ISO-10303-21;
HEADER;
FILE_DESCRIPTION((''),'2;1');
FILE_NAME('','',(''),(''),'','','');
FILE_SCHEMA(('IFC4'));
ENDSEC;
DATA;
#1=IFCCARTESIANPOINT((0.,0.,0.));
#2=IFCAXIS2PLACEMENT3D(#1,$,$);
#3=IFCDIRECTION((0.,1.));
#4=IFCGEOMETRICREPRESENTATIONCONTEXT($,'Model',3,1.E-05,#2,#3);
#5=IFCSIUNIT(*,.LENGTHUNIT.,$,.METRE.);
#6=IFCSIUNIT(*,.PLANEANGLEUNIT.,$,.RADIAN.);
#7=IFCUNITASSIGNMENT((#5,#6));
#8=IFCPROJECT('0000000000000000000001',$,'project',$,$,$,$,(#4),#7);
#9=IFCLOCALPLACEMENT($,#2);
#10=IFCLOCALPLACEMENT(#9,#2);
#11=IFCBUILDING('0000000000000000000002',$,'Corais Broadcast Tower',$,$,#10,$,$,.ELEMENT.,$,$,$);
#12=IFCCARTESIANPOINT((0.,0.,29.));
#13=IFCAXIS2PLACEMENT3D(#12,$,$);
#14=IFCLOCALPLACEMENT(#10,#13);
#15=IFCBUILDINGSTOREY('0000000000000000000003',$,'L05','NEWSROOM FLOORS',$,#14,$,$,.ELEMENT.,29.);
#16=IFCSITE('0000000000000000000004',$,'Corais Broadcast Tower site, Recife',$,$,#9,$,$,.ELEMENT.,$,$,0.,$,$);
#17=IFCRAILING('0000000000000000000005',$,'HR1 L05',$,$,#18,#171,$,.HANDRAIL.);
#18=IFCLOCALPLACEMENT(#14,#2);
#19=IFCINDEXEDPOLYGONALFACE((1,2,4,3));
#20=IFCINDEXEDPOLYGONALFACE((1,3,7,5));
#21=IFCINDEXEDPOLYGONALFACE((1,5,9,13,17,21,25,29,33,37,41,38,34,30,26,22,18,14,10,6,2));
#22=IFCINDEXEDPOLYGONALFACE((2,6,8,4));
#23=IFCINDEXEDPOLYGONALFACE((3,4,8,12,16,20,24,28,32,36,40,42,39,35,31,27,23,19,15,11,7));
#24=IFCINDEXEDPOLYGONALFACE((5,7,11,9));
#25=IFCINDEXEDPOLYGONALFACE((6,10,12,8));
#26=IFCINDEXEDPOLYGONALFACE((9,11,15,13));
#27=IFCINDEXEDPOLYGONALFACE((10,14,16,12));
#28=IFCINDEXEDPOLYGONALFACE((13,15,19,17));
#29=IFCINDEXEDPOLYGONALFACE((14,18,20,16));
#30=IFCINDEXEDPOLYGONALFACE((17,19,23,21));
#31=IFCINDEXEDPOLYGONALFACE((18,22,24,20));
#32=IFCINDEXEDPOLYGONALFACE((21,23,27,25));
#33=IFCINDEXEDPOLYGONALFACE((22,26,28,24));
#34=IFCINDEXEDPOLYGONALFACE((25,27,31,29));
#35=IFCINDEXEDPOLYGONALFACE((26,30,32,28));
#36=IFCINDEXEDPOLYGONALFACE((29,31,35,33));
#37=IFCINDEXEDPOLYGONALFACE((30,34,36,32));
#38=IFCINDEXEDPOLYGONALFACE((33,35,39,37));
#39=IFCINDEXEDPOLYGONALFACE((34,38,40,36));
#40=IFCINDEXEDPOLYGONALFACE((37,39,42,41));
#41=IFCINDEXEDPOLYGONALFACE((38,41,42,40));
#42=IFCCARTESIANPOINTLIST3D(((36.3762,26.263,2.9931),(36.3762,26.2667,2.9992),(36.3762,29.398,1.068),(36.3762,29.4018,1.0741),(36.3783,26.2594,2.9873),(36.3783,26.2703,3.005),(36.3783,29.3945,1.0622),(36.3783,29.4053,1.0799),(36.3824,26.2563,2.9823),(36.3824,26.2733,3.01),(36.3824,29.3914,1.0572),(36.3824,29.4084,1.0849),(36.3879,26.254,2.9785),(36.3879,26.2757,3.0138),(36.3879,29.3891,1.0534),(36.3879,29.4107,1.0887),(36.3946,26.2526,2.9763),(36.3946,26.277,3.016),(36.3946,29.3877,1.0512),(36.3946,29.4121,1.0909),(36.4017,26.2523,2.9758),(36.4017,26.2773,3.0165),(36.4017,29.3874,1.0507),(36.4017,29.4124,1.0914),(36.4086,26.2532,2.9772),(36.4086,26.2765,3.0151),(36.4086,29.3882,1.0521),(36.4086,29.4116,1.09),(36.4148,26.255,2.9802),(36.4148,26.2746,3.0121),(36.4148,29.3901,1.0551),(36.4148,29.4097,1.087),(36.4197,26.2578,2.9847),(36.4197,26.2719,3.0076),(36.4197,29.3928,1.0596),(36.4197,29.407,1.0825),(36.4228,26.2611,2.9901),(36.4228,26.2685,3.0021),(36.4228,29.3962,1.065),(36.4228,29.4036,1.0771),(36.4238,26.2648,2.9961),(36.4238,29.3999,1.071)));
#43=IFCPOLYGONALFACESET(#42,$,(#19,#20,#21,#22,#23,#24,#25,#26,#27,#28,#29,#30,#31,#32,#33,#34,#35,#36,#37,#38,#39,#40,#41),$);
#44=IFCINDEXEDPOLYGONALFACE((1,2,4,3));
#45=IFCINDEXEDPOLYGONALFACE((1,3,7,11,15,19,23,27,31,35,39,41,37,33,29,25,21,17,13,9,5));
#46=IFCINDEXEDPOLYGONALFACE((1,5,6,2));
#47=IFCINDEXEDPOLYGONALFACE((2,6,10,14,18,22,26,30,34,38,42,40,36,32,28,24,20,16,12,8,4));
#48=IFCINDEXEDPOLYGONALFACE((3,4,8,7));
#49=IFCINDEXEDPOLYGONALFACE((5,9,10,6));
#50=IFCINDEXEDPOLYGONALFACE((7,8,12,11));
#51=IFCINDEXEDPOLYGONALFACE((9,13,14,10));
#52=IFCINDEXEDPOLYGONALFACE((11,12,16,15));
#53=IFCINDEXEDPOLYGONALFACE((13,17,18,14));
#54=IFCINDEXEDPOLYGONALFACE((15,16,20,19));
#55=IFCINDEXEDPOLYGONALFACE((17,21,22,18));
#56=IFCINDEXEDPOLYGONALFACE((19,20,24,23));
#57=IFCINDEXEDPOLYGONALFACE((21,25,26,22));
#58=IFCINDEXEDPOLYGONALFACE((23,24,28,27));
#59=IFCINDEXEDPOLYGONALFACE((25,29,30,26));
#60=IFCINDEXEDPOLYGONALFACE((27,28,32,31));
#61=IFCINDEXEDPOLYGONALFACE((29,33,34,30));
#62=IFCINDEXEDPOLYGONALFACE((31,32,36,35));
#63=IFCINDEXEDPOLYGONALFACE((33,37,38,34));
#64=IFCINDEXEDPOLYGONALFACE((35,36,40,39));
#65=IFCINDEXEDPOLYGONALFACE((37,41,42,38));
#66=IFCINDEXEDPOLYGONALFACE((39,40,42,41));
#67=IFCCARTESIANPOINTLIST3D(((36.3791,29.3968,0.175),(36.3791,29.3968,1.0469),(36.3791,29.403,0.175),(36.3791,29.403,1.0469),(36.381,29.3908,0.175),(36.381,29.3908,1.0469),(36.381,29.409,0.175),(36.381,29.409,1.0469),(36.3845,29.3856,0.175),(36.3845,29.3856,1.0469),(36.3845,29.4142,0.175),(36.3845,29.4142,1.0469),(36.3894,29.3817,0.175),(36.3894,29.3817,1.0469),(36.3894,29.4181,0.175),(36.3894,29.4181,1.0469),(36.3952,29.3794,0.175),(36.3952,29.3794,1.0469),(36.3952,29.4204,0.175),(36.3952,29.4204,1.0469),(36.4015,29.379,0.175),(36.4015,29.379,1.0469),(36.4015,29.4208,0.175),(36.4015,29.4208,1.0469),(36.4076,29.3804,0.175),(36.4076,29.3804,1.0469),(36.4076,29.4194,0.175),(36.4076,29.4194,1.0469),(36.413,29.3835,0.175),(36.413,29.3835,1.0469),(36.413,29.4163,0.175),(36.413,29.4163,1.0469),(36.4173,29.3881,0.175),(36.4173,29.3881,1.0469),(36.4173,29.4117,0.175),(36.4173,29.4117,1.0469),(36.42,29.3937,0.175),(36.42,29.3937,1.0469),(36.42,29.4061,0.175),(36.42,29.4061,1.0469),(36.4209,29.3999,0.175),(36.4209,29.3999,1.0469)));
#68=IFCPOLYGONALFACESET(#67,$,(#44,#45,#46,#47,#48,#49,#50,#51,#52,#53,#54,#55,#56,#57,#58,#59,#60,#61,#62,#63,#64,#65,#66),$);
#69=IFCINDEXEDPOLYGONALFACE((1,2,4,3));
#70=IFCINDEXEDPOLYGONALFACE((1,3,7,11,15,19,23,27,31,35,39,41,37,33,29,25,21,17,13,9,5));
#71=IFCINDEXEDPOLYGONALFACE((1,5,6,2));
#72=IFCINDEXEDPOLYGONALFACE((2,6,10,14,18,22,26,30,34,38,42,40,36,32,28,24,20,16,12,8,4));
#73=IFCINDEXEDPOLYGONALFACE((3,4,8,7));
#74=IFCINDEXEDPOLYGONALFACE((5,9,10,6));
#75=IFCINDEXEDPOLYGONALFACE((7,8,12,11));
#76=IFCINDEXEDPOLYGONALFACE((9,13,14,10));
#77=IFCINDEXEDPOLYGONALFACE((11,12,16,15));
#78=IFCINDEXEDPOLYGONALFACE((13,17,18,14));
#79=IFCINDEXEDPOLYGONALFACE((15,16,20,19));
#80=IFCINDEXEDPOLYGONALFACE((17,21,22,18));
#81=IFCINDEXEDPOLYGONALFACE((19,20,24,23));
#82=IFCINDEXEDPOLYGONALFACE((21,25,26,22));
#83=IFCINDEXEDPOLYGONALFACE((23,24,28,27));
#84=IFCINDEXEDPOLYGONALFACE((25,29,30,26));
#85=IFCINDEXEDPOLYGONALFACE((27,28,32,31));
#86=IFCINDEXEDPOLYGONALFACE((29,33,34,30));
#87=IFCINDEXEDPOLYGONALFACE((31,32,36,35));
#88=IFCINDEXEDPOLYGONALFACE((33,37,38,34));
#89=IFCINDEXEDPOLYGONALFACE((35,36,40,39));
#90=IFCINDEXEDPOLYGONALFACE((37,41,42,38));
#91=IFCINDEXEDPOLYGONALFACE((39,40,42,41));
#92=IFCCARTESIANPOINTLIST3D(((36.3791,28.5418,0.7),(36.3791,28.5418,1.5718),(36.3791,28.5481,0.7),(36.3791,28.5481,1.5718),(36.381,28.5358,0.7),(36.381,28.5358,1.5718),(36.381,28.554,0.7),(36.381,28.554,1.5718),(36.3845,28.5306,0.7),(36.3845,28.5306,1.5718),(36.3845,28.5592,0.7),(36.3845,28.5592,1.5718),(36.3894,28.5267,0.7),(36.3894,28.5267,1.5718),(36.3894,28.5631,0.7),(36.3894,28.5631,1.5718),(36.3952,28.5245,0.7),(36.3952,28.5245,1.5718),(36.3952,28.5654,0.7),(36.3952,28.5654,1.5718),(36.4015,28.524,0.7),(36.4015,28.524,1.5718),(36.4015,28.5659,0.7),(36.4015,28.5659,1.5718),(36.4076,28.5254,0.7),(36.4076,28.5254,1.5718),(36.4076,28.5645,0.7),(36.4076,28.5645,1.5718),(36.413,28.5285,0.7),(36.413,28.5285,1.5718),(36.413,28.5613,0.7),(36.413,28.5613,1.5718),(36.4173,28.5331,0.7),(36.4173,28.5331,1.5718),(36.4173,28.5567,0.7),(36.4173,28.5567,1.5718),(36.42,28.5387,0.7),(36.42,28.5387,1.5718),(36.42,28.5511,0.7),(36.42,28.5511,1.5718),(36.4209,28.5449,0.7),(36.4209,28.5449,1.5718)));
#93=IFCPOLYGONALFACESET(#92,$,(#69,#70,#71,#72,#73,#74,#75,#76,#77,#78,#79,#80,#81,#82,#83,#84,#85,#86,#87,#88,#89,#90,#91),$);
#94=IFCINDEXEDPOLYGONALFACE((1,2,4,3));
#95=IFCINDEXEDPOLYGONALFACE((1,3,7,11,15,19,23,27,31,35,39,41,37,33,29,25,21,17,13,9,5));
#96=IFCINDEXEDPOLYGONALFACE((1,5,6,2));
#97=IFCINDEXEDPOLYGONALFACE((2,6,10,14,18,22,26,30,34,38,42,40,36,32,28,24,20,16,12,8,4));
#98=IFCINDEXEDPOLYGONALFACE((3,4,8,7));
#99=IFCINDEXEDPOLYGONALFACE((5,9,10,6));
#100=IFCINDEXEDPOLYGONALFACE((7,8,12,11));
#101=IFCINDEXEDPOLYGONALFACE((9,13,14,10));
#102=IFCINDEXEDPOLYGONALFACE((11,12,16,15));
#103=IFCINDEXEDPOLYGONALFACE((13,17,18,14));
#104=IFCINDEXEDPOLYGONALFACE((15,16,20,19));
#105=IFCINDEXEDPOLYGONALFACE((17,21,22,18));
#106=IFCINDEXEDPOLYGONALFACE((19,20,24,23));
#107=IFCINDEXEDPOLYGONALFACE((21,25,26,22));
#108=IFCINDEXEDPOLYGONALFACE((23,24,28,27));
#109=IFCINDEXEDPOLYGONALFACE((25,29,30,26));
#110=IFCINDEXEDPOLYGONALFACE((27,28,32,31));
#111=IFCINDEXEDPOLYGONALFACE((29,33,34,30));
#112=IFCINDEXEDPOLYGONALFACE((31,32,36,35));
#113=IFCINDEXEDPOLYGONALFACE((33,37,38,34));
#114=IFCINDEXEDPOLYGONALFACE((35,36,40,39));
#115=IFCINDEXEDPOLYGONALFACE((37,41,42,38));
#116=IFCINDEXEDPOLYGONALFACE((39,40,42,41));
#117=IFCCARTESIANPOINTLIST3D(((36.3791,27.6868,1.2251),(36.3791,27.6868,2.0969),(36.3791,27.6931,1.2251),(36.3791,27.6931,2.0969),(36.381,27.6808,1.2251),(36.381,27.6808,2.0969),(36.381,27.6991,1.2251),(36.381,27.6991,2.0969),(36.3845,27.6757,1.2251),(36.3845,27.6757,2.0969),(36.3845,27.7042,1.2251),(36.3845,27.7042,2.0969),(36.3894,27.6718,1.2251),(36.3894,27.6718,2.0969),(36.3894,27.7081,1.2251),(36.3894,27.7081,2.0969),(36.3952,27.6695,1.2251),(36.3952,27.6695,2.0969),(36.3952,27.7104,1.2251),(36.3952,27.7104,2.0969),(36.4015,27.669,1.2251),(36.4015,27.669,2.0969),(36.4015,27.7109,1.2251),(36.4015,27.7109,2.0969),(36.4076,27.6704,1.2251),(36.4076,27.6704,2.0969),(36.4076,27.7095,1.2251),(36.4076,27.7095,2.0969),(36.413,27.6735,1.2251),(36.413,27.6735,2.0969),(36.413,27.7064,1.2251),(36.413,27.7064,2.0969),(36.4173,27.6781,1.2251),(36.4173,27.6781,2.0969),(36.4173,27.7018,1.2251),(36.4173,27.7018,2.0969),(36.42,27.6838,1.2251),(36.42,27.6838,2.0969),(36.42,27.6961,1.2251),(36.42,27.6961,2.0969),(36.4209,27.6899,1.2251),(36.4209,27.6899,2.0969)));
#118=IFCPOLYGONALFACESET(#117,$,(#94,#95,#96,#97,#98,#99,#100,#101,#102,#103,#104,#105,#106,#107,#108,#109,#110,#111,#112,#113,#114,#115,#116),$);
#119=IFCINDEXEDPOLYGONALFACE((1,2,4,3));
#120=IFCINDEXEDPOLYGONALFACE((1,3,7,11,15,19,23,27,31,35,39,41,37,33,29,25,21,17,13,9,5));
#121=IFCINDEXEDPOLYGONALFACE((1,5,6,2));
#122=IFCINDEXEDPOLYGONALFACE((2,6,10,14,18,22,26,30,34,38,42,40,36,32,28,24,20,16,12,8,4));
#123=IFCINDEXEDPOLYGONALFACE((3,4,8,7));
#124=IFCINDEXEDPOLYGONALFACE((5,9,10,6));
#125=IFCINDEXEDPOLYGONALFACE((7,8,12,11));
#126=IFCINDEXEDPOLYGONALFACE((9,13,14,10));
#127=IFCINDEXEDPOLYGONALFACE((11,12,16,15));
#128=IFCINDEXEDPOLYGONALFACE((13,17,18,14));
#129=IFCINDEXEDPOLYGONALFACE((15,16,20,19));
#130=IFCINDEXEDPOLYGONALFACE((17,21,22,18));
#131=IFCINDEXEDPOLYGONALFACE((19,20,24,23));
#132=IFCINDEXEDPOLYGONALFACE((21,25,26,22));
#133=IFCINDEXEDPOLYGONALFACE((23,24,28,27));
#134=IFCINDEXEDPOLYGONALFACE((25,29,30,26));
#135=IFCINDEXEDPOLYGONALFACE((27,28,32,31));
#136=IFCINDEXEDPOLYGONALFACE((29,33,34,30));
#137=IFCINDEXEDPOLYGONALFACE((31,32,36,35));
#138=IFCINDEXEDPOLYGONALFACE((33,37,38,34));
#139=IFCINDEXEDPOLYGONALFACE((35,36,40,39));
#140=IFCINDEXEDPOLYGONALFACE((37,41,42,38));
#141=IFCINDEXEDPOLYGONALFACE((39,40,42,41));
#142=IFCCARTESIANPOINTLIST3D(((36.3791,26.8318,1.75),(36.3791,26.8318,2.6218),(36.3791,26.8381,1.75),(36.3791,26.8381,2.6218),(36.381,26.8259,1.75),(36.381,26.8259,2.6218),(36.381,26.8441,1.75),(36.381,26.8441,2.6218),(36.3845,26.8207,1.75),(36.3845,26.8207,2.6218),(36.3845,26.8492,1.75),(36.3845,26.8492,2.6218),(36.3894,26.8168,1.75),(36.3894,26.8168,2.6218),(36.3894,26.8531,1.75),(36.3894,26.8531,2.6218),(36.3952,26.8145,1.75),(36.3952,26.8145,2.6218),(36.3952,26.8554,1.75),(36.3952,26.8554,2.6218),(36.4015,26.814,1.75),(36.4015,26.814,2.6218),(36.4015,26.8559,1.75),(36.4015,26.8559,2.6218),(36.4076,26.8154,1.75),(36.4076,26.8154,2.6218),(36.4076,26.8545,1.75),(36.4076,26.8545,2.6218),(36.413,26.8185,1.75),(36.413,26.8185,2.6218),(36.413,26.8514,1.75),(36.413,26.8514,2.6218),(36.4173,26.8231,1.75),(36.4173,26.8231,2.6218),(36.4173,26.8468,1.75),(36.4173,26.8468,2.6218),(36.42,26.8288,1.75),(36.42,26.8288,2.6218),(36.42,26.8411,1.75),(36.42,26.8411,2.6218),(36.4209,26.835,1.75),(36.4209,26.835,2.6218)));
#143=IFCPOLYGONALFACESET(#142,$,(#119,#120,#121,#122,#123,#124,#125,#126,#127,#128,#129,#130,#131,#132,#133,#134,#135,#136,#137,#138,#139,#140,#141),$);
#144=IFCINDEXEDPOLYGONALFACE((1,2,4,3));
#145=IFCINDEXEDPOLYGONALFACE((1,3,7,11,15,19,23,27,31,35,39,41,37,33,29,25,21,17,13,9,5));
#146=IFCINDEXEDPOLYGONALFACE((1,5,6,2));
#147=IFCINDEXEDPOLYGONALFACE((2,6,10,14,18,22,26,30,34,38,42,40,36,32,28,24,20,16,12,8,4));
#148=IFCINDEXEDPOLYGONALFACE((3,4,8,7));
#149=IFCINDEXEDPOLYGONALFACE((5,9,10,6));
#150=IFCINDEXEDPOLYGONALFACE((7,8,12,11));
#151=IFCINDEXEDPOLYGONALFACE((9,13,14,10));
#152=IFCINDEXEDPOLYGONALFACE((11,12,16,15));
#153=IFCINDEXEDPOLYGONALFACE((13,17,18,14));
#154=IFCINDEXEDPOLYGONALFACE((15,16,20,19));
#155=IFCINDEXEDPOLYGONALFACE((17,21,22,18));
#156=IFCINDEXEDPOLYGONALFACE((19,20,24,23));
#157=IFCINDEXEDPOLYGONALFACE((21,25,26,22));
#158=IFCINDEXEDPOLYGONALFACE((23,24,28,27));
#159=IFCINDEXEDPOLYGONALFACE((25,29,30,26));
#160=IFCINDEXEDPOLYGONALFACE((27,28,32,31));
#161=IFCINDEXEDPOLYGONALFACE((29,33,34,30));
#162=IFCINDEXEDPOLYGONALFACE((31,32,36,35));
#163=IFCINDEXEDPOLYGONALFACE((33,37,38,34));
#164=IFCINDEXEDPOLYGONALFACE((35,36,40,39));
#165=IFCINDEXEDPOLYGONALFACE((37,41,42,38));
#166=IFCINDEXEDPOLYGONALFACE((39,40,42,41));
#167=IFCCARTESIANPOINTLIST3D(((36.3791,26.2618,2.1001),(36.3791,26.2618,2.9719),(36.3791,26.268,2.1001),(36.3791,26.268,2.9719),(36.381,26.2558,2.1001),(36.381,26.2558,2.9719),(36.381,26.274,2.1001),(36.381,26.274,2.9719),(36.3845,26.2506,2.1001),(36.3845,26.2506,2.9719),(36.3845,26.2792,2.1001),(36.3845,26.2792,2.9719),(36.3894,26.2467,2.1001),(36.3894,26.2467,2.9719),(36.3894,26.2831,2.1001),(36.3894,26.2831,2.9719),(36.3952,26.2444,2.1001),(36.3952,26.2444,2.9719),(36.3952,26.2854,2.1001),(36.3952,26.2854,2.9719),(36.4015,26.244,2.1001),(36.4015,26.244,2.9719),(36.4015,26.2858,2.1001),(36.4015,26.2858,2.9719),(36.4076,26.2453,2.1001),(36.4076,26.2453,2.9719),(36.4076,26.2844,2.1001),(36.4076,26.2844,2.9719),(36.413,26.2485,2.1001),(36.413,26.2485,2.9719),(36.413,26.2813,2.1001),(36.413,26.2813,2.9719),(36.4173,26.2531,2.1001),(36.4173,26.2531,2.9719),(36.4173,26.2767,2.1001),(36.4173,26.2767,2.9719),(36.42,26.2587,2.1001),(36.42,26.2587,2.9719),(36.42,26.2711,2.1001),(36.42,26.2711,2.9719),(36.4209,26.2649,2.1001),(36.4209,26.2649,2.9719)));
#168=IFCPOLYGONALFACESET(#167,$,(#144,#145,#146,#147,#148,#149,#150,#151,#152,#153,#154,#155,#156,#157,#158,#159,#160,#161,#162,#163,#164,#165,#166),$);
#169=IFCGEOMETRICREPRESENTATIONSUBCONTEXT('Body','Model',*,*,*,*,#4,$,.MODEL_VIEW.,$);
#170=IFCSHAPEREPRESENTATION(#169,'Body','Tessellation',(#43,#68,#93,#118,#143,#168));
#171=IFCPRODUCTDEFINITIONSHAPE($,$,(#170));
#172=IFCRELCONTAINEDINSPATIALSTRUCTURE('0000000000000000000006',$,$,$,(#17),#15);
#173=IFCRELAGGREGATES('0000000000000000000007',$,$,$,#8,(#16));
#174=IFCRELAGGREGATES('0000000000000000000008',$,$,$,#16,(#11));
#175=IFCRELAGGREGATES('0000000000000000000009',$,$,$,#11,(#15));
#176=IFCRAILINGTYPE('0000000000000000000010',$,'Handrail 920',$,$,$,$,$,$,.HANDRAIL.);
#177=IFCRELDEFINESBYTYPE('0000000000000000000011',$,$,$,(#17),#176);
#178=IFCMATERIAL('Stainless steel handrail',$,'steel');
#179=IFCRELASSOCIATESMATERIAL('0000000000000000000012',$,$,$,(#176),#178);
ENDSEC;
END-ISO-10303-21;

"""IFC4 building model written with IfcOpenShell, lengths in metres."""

from ifc_helpers import new_model, si_unit, direction, frame, origin, origin_2d, place, context, subcontext, project, spatial, circle, extrude, material, type_object, element, save


model = new_model("IFC4")

# Units and contexts
model_context = context("Model", 3, precision=1e-05, world=origin(), true_north=direction((0.0, 1.0)))
body_context = subcontext(model_context, "Body", "Model", "MODEL_VIEW")
ifc_project = project(units=[si_unit("LENGTHUNIT", "METRE"), si_unit("PLANEANGLEUNIT", "RADIAN")], contexts=[model_context])

# Site, building, storey
site_placement = place(None, origin())
site = spatial("IfcSite", under=ifc_project, at=site_placement, Name="Corais Broadcast Tower site, Recife", CompositionType="ELEMENT", RefElevation=0.0)
building_placement = place(site_placement, origin())
building = spatial("IfcBuilding", under=site, at=building_placement, Name="Corais Broadcast Tower", CompositionType="ELEMENT")
storey_placement = place(building_placement, frame((0.0, 0.0, 29.0)))
storey = spatial("IfcBuildingStorey", under=building, at=storey_placement, Name="L05", Description="NEWSROOM FLOORS", CompositionType="ELEMENT", Elevation=29.0)

# Railing
ifc_material_1 = material(Name="Stainless steel handrail", Category="steel")
railing_type = type_object("IfcRailingType", Name="Handrail 920", PredefinedType="HANDRAIL", material=ifc_material_1)
for number, where, name in (
    (1, (36.3999, 29.3999, 0.175), "HR1 L05"),
):
    element("IfcRailing", number, at=place(storey_placement, frame(where)), inside=storey, type_object=railing_type, Name=name, PredefinedType="HANDRAIL", context=body_context, shape_type="SweptSolid", body=[
        extrude(circle(Radius=0.0239, at=origin_2d()), frame((0.0, 0.0, 0.896), z_axis=(0.0, -0.852166, 0.523271), x_axis=(1.0, 0.0, 0.0)), (0.0, 0.0, 1.0), 3.679),
        extrude(circle(Radius=0.021, at=origin_2d()), origin(), (0.0, 0.0, 1.0), 0.8718),
        extrude(circle(Radius=0.021, at=origin_2d()), frame((0.0, -0.855, 0.5249)), (0.0, 0.0, 1.0), 0.8718),
        extrude(circle(Radius=0.021, at=origin_2d()), frame((0.0, -1.71, 1.05)), (0.0, 0.0, 1.0), 0.8718),
        extrude(circle(Radius=0.021, at=origin_2d()), frame((0.0, -2.5649, 1.575)), (0.0, 0.0, 1.0), 0.8718),
        extrude(circle(Radius=0.021, at=origin_2d()), frame((0.0, -3.135, 1.925)), (0.0, 0.0, 1.0), 0.8718),
    ])

save(model, "model.ifc")
